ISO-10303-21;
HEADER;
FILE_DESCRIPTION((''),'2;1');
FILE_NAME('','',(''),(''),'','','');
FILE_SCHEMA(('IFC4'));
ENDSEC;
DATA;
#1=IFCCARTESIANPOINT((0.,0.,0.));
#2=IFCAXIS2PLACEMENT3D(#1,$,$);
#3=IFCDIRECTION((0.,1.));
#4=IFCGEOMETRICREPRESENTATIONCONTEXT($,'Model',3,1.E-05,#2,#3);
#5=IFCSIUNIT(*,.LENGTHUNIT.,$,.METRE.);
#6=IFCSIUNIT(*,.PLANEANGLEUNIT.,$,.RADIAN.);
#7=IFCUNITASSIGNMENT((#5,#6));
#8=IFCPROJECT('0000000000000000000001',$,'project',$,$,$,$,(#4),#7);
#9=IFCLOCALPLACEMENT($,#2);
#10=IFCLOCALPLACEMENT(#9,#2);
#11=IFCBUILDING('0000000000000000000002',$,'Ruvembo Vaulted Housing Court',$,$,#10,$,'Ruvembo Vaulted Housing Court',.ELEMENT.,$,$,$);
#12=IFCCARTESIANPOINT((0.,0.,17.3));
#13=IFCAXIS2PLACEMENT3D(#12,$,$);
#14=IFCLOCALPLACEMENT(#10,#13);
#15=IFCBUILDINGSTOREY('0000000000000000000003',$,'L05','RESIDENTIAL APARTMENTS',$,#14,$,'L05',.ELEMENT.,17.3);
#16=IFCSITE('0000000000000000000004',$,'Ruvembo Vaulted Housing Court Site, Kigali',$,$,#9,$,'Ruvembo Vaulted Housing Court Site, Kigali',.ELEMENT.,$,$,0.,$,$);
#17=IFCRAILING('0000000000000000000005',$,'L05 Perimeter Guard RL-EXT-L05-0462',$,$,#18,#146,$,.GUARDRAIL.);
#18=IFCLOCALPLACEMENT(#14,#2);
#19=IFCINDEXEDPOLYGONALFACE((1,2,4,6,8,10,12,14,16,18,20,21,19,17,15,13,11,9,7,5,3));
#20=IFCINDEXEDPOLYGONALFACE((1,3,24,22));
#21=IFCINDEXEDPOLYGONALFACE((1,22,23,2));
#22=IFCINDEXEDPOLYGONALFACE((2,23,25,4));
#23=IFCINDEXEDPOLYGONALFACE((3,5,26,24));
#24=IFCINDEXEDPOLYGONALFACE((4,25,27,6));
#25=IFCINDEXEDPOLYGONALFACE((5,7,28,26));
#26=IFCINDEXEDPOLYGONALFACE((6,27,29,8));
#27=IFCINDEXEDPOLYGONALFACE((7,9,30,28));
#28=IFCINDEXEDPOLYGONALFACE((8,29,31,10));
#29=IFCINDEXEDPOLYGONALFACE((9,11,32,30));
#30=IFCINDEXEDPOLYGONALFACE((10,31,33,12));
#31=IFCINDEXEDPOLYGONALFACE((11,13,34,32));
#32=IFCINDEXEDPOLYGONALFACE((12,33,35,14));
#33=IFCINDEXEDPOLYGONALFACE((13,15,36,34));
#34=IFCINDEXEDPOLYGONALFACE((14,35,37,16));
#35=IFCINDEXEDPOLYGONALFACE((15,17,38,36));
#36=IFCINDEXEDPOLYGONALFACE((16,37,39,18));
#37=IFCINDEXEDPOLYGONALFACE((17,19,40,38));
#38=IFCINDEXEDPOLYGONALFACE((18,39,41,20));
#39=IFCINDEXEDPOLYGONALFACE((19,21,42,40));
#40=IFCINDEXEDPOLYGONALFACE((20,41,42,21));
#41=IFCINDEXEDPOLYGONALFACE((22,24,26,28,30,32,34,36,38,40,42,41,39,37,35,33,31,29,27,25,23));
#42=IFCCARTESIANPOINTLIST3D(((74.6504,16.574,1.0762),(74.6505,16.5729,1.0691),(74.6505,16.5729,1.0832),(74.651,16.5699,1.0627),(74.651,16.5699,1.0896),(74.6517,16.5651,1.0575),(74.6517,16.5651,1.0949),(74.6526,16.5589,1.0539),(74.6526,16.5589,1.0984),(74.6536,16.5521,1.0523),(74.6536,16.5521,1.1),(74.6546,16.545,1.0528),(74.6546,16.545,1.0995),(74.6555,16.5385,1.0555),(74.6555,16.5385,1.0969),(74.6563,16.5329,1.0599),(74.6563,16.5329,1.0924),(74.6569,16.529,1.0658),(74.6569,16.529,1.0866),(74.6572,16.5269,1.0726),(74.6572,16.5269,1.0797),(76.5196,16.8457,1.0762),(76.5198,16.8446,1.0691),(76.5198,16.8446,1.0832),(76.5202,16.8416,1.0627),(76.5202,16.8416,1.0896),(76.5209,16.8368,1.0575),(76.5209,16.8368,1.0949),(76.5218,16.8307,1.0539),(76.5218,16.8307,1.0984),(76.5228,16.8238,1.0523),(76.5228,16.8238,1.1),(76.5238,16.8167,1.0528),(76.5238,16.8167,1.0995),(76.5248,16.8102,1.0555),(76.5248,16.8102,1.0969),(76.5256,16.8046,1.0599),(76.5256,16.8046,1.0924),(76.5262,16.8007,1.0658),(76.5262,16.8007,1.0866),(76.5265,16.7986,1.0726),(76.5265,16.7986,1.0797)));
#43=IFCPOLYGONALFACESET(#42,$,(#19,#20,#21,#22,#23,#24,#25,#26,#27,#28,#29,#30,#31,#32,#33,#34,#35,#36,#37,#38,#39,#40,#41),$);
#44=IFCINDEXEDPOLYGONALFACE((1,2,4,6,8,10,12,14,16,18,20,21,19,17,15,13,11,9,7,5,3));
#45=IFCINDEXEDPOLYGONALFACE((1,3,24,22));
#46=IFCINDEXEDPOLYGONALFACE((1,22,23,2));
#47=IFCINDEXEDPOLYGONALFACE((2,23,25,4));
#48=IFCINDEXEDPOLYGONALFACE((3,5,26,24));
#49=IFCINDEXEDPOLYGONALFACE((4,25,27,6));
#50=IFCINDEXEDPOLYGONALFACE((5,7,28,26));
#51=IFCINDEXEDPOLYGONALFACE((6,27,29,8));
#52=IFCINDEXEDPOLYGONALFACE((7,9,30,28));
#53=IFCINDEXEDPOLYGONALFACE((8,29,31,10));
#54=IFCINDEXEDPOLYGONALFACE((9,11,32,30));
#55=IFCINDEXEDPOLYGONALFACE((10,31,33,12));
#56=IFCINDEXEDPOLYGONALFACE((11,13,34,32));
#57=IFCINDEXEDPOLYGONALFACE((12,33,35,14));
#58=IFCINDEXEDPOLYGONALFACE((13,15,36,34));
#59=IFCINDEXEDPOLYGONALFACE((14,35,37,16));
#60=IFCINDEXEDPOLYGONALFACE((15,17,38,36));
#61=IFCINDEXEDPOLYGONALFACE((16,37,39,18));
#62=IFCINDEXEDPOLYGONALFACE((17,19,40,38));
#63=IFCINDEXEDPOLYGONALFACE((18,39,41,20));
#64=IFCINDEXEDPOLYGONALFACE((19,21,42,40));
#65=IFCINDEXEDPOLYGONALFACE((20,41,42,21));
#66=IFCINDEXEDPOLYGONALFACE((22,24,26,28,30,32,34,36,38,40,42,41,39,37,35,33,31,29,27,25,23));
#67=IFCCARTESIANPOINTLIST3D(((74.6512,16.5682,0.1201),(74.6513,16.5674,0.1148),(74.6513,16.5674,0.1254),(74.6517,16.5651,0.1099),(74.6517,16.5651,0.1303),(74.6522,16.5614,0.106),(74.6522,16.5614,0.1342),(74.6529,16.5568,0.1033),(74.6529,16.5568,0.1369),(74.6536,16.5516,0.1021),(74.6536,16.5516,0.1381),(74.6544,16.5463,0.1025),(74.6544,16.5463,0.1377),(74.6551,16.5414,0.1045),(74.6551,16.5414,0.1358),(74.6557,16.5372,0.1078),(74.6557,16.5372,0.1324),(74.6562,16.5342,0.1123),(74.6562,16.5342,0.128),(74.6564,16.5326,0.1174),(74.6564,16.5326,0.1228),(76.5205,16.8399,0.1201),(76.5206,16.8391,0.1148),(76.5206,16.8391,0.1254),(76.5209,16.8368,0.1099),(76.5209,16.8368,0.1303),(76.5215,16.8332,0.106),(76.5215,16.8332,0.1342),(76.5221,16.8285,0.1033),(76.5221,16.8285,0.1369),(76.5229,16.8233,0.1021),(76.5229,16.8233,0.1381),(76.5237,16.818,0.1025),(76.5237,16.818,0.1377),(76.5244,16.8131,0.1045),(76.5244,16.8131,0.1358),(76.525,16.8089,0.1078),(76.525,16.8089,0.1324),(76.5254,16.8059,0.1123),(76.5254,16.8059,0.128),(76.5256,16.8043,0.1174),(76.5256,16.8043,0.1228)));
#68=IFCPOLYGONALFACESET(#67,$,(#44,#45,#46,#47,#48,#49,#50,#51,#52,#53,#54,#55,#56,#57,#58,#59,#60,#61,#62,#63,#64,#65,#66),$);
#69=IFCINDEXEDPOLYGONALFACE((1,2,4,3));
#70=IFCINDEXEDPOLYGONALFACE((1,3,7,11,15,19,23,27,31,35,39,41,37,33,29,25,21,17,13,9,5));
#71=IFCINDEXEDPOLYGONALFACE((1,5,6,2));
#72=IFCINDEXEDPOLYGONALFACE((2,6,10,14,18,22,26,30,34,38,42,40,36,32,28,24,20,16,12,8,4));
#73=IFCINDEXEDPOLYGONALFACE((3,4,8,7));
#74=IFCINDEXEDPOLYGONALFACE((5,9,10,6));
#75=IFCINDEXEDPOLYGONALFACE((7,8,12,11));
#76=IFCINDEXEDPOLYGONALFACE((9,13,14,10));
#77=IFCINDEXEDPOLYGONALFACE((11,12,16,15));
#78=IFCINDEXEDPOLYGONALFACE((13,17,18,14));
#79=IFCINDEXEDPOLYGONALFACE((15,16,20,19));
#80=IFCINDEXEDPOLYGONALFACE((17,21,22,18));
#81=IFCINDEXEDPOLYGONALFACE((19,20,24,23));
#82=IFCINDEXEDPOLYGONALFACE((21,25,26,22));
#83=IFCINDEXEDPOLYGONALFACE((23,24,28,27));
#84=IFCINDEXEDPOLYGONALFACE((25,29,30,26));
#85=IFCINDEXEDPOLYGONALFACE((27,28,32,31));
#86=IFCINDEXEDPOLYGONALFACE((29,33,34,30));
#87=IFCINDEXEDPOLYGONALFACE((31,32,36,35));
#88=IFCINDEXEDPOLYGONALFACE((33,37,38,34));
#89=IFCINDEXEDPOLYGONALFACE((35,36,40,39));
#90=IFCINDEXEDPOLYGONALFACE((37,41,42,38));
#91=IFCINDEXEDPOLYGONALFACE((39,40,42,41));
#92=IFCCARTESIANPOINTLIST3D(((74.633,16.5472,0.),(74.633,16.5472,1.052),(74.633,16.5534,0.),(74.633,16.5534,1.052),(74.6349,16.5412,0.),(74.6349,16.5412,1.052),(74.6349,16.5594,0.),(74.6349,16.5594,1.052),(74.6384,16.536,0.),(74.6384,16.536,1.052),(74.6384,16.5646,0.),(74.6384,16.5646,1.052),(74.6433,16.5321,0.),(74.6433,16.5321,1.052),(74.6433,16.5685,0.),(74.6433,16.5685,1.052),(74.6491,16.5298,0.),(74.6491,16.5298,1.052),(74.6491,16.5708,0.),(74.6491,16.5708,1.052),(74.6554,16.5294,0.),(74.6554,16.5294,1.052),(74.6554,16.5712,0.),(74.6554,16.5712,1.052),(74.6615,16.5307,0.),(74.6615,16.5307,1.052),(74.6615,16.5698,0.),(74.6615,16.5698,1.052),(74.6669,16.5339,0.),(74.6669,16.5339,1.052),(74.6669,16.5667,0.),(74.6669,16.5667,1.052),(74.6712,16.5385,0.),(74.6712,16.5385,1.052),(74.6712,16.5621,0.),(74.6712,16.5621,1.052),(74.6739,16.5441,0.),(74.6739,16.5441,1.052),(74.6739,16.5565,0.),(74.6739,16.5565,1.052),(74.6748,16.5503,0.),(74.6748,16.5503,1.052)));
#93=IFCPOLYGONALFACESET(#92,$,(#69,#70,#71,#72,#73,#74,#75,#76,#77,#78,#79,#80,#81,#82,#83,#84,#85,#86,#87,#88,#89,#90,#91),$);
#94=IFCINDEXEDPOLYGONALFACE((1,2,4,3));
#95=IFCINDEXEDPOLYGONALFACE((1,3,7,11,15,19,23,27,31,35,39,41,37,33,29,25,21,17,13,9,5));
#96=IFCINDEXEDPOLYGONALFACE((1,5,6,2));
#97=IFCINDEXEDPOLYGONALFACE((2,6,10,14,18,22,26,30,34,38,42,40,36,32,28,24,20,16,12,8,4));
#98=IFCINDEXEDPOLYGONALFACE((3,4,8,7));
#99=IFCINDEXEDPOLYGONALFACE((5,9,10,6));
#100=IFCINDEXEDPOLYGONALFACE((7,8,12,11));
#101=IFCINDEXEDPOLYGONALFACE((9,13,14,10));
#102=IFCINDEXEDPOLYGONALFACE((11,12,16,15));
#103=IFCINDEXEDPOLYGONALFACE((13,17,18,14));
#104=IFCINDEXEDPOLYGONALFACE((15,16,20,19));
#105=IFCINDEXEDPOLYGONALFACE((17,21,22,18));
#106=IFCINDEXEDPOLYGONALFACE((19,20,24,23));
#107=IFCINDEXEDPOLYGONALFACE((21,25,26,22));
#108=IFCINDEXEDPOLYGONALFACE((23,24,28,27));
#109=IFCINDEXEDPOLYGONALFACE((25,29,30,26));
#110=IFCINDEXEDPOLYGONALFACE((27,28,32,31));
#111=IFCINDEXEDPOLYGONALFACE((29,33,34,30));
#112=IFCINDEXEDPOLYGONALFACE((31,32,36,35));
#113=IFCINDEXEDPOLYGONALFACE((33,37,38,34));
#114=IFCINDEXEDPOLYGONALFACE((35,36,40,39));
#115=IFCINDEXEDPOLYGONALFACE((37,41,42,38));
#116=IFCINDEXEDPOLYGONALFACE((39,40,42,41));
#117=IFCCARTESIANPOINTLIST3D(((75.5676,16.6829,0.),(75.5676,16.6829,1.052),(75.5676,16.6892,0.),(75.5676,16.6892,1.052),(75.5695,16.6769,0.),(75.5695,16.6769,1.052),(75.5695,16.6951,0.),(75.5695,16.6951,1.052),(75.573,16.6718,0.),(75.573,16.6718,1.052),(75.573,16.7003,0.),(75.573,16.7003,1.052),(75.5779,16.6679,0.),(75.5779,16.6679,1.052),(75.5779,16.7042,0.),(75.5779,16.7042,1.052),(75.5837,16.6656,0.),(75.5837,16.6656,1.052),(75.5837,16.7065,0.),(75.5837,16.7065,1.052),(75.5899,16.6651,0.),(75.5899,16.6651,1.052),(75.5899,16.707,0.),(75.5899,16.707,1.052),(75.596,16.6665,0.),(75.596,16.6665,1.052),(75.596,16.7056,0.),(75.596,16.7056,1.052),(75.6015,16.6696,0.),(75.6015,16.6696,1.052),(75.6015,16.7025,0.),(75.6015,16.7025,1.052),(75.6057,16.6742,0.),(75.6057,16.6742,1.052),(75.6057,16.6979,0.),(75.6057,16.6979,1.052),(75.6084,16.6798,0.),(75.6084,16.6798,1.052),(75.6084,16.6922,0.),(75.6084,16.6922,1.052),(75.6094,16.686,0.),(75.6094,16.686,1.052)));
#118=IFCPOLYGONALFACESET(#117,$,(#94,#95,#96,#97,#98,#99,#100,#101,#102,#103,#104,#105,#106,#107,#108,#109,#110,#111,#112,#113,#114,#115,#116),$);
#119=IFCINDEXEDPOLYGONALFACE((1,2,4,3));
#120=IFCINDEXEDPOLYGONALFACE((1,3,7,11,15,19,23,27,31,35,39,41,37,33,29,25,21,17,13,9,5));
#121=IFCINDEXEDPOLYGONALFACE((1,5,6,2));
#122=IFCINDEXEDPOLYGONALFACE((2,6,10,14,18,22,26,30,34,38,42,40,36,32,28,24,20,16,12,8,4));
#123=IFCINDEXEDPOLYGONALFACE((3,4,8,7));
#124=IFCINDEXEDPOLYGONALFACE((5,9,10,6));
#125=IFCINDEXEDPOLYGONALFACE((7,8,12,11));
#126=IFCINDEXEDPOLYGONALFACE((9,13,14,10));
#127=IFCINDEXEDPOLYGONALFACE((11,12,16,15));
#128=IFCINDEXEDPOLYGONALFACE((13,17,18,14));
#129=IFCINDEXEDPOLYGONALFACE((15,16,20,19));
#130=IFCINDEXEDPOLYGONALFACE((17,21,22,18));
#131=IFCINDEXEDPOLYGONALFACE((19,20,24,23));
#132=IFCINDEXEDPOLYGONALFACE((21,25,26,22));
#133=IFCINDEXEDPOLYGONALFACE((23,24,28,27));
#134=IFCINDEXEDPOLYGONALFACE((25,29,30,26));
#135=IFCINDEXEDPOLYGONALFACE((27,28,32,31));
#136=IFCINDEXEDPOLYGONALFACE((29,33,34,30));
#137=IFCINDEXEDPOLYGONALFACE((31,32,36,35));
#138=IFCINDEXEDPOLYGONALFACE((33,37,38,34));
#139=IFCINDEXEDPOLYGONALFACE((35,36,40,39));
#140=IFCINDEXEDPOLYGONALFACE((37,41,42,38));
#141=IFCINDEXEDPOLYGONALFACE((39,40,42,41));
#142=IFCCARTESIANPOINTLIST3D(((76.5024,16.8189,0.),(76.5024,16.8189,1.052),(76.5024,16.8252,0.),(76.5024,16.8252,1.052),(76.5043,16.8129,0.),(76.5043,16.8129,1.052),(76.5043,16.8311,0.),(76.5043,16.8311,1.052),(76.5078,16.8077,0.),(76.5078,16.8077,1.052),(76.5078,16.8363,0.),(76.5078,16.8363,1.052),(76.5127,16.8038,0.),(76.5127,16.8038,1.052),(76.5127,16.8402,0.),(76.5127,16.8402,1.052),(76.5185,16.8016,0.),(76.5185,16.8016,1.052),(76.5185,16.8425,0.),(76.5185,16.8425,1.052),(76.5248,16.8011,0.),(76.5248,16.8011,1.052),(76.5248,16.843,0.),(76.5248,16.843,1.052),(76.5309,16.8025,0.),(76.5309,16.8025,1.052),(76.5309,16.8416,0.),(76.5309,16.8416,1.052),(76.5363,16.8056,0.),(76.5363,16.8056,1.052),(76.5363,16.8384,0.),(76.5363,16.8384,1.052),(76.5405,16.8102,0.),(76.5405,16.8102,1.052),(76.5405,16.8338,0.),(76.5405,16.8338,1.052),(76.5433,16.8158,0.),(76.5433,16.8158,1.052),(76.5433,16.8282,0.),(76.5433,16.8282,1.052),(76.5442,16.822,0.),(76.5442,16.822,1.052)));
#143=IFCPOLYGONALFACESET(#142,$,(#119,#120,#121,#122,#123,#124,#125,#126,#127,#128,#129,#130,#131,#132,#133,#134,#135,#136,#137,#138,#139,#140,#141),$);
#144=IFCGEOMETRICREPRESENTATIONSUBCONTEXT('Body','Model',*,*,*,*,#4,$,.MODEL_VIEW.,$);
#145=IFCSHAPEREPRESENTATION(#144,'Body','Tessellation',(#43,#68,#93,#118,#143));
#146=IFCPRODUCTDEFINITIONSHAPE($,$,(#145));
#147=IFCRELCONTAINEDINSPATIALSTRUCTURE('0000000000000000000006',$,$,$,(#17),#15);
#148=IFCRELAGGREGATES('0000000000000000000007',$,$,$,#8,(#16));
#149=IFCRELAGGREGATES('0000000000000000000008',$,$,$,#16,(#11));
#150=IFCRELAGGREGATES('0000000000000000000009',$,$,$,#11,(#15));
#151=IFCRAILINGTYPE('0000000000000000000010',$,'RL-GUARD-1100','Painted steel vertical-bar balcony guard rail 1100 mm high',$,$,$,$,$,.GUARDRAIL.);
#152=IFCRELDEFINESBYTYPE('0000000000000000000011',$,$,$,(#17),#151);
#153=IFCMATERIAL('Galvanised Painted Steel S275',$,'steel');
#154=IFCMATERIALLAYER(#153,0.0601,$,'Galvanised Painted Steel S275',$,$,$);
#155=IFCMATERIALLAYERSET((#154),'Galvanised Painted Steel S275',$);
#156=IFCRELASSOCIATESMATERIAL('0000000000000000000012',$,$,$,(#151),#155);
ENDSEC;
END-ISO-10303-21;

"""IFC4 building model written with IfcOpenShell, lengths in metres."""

from ifc_helpers import new_model, si_unit, direction, frame, origin, origin_2d, place, context, subcontext, project, spatial, circle, extrude, material, layer, layer_set, type_object, element, save


model = new_model("IFC4")

# Units and contexts
model_context = context("Model", 3, precision=1e-05, world=origin(), true_north=direction((0.0, 1.0)))
body_context = subcontext(model_context, "Body", "Model", "MODEL_VIEW")
ifc_project = project(units=[si_unit("LENGTHUNIT", "METRE"), si_unit("PLANEANGLEUNIT", "RADIAN")], contexts=[model_context])

# Site, building, storey
site_placement = place(None, origin())
site = spatial("IfcSite", under=ifc_project, at=site_placement, Name="Ruvembo Vaulted Housing Court Site, Kigali", LongName="Ruvembo Vaulted Housing Court Site, Kigali", CompositionType="ELEMENT", RefElevation=0.0)
building_placement = place(site_placement, origin())
building = spatial("IfcBuilding", under=site, at=building_placement, Name="Ruvembo Vaulted Housing Court", LongName="Ruvembo Vaulted Housing Court", CompositionType="ELEMENT")
storey_placement = place(building_placement, frame((0.0, 0.0, 17.3)))
storey = spatial("IfcBuildingStorey", under=building, at=storey_placement, Name="L05", Description="RESIDENTIAL APARTMENTS", LongName="L05", CompositionType="ELEMENT", Elevation=17.3)

# Railing
ifc_material_1 = material(Name="Galvanised Painted Steel S275", Category="steel")
ifc_layer = layer(ifc_material_1, 0.0601, Name="Galvanised Painted Steel S275")
ifc_layer_set = layer_set([ifc_layer], Name="Galvanised Painted Steel S275")
railing_type = type_object("IfcRailingType", Name="RL-GUARD-1100", Description="Painted steel vertical-bar balcony guard rail 1100 mm high", PredefinedType="GUARDRAIL", material=ifc_layer_set)
railing_1_placement = place(storey_placement, frame((74.6538, 16.5503, 0.0)))
element("IfcRailing", 1, at=railing_1_placement, inside=storey, type_object=railing_type, Name="L05 Perimeter Guard RL-EXT-L05-0462", PredefinedType="GUARDRAIL", context=body_context, shape_type="SweptSolid", body=[
    extrude(circle(Radius=0.0239, at=origin_2d()), frame((0.0, 0.0, 1.0762), z_axis=(0.9896, 0.143845, 0.0), x_axis=(-0.143845, 0.9896, 0.0)), (0.0, 0.0, 1.0), 1.8889),
    extrude(circle(Radius=0.0181, at=origin_2d()), frame((0.0, 0.0, 0.1201), z_axis=(0.9896, 0.143845, 0.0), x_axis=(-0.143845, 0.9896, 0.0)), (0.0, 0.0, 1.0), 1.8889),
    extrude(circle(Radius=0.021, at=origin_2d()), origin(), (0.0, 0.0, 1.0), 1.052),
    extrude(circle(Radius=0.021, at=origin_2d()), frame((0.9346, 0.1357, 0.0)), (0.0, 0.0, 1.0), 1.052),
    extrude(circle(Radius=0.021, at=origin_2d()), frame((1.8694, 0.2717, 0.0)), (0.0, 0.0, 1.0), 1.052),
])

save(model, "model.ifc")
